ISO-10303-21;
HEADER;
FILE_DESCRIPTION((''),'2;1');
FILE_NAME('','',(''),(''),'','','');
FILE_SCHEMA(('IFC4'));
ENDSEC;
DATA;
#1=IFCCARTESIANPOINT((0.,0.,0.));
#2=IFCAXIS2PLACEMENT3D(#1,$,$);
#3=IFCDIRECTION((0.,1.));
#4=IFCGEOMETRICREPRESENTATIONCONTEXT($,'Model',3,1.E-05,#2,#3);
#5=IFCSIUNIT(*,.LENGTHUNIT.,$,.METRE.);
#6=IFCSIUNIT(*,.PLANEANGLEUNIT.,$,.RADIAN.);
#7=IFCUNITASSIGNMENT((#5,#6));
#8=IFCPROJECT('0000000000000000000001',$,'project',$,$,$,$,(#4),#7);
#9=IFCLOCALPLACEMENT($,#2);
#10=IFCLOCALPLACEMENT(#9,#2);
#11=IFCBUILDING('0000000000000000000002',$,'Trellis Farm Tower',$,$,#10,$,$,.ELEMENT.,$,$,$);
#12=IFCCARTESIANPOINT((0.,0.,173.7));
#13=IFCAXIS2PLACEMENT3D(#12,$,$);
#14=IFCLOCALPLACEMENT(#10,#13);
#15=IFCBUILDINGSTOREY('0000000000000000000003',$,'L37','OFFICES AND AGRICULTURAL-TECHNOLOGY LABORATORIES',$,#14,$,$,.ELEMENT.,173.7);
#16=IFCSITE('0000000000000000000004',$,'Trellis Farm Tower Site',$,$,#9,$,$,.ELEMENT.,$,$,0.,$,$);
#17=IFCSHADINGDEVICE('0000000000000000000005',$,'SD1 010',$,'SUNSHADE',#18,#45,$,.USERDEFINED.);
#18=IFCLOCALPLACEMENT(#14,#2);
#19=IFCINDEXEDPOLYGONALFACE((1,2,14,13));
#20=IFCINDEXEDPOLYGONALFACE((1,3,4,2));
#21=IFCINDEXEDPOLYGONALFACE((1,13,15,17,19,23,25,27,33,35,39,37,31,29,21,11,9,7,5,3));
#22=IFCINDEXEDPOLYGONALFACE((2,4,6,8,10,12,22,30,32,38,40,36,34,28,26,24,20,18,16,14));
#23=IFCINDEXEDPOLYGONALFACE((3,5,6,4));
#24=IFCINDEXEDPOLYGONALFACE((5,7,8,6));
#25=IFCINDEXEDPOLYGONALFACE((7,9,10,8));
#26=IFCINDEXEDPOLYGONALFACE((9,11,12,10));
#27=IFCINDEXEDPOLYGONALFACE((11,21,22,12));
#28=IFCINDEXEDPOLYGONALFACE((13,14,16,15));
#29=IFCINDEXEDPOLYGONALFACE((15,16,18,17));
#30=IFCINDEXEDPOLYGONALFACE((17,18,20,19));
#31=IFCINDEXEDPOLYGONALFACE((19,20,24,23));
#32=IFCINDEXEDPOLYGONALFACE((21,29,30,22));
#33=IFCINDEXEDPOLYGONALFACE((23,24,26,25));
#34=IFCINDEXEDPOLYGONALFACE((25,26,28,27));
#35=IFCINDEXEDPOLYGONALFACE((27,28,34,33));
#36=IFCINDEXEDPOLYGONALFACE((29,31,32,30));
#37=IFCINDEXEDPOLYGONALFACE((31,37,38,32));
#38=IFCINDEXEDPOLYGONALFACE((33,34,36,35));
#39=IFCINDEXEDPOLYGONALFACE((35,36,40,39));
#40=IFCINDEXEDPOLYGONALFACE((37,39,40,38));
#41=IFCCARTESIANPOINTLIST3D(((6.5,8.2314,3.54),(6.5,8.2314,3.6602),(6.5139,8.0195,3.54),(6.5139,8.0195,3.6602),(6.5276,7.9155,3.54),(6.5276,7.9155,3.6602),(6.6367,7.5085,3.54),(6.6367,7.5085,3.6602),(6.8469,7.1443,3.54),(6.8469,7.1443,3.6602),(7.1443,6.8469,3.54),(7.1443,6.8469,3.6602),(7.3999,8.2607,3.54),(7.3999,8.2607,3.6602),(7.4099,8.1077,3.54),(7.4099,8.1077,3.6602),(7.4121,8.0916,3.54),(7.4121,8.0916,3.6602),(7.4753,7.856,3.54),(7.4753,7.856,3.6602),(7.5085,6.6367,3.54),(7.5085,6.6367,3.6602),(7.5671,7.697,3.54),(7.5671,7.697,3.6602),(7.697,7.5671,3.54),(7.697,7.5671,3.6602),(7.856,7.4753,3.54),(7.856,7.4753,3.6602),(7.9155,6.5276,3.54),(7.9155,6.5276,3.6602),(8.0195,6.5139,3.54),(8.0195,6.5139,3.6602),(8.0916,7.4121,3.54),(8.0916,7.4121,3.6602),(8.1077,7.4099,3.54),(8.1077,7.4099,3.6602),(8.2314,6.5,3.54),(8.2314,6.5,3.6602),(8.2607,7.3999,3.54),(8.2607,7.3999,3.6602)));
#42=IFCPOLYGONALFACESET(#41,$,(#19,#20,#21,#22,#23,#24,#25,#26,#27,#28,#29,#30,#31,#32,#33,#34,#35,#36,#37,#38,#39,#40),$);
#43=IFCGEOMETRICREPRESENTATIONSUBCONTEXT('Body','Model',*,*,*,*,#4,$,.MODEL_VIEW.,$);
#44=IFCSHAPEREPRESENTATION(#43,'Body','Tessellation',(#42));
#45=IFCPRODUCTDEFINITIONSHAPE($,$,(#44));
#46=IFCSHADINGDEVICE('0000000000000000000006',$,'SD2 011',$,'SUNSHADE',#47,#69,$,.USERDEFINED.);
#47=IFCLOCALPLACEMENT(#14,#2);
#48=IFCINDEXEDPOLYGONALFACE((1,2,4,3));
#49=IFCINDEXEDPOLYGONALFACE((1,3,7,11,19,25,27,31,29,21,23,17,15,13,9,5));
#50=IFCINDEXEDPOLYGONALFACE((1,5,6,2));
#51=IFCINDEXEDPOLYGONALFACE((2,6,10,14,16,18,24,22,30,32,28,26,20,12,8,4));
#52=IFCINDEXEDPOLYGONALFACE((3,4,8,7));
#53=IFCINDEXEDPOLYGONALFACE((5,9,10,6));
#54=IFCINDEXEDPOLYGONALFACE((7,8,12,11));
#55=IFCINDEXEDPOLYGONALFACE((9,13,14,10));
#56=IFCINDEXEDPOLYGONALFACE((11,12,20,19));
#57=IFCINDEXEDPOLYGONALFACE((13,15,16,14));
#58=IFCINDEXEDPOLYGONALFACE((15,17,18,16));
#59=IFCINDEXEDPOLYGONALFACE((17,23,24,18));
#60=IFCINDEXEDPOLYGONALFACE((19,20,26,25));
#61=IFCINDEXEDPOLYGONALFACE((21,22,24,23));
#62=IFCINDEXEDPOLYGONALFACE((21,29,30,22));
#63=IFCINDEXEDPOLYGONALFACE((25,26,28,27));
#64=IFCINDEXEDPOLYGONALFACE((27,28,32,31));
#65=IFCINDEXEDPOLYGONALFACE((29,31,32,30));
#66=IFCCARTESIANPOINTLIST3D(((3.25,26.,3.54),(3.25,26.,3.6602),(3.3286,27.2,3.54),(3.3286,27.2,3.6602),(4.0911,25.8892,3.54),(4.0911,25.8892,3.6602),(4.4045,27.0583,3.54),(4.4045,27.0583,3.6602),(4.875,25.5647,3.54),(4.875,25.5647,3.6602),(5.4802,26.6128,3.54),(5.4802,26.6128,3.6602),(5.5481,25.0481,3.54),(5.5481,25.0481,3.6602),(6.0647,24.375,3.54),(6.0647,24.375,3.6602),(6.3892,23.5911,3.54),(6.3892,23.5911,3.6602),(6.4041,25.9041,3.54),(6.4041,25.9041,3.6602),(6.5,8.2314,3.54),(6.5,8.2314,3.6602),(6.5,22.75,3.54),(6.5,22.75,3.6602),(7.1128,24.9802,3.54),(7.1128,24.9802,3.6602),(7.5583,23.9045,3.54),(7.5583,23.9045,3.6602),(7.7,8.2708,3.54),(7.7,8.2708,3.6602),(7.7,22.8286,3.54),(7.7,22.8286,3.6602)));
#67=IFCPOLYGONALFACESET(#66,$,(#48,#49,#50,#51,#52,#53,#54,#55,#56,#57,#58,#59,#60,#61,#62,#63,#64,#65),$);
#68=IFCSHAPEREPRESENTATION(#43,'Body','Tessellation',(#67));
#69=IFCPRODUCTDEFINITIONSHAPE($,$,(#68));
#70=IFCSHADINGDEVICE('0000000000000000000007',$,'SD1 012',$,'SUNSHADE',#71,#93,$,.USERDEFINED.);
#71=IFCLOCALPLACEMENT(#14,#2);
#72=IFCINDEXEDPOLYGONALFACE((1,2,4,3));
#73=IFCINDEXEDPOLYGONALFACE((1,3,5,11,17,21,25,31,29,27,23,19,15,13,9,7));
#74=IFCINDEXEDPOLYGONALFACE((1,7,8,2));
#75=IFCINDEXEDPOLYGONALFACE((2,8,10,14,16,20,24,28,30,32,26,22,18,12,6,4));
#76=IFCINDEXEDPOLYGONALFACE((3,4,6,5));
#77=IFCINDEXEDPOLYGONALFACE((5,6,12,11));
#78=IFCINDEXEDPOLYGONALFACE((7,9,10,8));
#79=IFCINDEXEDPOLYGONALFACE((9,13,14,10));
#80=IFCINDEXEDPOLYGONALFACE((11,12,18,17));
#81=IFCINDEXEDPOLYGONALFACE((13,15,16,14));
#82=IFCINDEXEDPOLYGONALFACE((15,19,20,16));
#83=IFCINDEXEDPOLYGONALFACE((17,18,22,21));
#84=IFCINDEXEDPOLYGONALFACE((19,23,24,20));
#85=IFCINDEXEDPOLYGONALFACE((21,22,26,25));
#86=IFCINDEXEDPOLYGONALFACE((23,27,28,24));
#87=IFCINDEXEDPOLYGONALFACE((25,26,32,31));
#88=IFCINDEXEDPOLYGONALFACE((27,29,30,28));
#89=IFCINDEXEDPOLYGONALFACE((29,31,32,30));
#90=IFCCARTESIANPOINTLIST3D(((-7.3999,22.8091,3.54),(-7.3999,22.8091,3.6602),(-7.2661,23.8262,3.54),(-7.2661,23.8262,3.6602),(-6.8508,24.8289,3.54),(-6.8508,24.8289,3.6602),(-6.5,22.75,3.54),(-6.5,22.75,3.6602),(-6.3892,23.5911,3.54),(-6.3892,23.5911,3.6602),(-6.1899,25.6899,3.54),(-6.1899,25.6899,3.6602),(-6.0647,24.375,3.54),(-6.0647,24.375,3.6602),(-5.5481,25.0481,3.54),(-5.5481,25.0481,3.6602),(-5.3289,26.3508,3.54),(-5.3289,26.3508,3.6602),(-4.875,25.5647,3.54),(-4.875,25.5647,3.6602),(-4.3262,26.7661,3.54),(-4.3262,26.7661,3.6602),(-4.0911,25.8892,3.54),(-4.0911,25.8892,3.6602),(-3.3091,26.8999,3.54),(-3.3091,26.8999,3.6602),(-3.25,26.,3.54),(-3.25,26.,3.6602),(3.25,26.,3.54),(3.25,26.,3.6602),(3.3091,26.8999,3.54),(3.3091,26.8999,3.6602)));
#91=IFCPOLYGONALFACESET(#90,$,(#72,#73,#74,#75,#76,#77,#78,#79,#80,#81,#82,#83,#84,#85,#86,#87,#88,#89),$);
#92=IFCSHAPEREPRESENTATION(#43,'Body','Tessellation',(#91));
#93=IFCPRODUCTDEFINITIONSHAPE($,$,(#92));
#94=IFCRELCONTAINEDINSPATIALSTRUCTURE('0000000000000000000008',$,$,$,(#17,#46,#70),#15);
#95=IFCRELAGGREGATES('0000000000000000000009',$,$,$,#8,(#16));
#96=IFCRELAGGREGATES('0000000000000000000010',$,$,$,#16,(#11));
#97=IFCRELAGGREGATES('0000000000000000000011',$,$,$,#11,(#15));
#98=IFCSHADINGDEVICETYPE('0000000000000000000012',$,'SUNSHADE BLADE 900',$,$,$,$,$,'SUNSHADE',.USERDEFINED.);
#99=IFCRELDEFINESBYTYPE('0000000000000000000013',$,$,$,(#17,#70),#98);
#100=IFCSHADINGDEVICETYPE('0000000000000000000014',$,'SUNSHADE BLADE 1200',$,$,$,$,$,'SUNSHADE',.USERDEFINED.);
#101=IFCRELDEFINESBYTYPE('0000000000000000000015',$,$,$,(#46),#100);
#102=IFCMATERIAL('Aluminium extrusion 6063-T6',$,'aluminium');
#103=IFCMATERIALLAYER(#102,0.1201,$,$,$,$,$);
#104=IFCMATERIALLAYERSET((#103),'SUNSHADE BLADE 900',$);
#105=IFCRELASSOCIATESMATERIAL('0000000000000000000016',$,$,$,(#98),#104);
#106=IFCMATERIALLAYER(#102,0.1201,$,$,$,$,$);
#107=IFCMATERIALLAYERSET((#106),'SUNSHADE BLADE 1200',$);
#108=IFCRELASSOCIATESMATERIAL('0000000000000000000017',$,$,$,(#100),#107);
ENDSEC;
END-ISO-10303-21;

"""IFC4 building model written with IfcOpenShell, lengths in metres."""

from ifc_helpers import new_model, si_unit, direction, frame, origin, place, context, subcontext, project, spatial, polyline, outline, extrude, source, transform, mapped, material, layer, layer_set, type_object, element, save


model = new_model("IFC4")

# Units and contexts
model_context = context("Model", 3, precision=1e-05, world=origin(), true_north=direction((0.0, 1.0)))
body_context = subcontext(model_context, "Body", "Model", "MODEL_VIEW")
ifc_project = project(units=[si_unit("LENGTHUNIT", "METRE"), si_unit("PLANEANGLEUNIT", "RADIAN")], contexts=[model_context])

# Site, building, storey
site_placement = place(None, origin())
site = spatial("IfcSite", under=ifc_project, at=site_placement, Name="Trellis Farm Tower Site", CompositionType="ELEMENT", RefElevation=0.0)
building_placement = place(site_placement, origin())
building = spatial("IfcBuilding", under=site, at=building_placement, Name="Trellis Farm Tower", CompositionType="ELEMENT")
storey_placement = place(building_placement, frame((0.0, 0.0, 173.7)))
storey = spatial("IfcBuildingStorey", under=building, at=storey_placement, Name="L37", Description="OFFICES AND AGRICULTURAL-TECHNOLOGY LABORATORIES", CompositionType="ELEMENT", Elevation=173.7)

# Shared definitions
ifc_material_1 = material(Name="Aluminium extrusion 6063-T6", Category="aluminium")

# Shading devices
ifc_layer_1 = layer(ifc_material_1, 0.1201)
ifc_layer_set_1 = layer_set([ifc_layer_1], Name="SUNSHADE BLADE 900")
shading_device_type_1 = type_object("IfcShadingDeviceType", Name="SUNSHADE BLADE 900", ElementType="SUNSHADE", PredefinedType="USERDEFINED", material=ifc_layer_set_1)
placement_1 = place(storey_placement, frame((0.0, 0.0, 3.54)))
shared_shape_1 = source(origin(), body_context, "Body", "SweptSolid", [
    extrude(outline(polyline([(8.2607, 7.3999), (8.1077, 7.4099), (8.0916, 7.4121), (7.856, 7.4753), (7.697, 7.5671), (7.5671, 7.697), (7.4753, 7.856), (7.4121, 8.0916), (7.4099, 8.1077), (7.3999, 8.2607), (6.5, 8.2314), (6.5139, 8.0195), (6.5276, 7.9155), (6.6367, 7.5085), (6.8469, 7.1443), (7.1443, 6.8469), (7.5085, 6.6367), (7.9155, 6.5276), (8.0195, 6.5139), (8.2314, 6.5), (8.2607, 7.3999)])), origin(), (0.0, 0.0, 1.0), 0.1201),
])
element("IfcShadingDevice", 1, at=placement_1, inside=storey, type_object=shading_device_type_1, Name="SD1 010", ObjectType="SUNSHADE", PredefinedType="USERDEFINED", context=body_context, shape_type="MappedRepresentation", body=[
    mapped(shared_shape_1, transform((0.0, 0.0, 0.0))),
])
ifc_layer_2 = layer(ifc_material_1, 0.1201)
ifc_layer_set_2 = layer_set([ifc_layer_2], Name="SUNSHADE BLADE 1200")
shading_device_type_2 = type_object("IfcShadingDeviceType", Name="SUNSHADE BLADE 1200", ElementType="SUNSHADE", PredefinedType="USERDEFINED", material=ifc_layer_set_2)
shared_shape_2 = source(origin(), body_context, "Body", "SweptSolid", [
    extrude(outline(polyline([(7.7, 8.2708), (7.7, 22.8286), (7.5583, 23.9045), (7.1128, 24.9802), (6.4041, 25.9041), (5.4802, 26.6128), (4.4045, 27.0583), (3.3286, 27.2), (3.25, 26.0), (4.0911, 25.8892), (4.875, 25.5647), (5.5481, 25.0481), (6.0647, 24.375), (6.3892, 23.5911), (6.5, 22.75), (6.5, 8.2314), (7.7, 8.2708)])), origin(), (0.0, 0.0, 1.0), 0.1201),
])
element("IfcShadingDevice", 2, at=placement_1, inside=storey, type_object=shading_device_type_2, Name="SD2 011", ObjectType="SUNSHADE", PredefinedType="USERDEFINED", context=body_context, shape_type="MappedRepresentation", body=[
    mapped(shared_shape_2, transform((0.0, 0.0, 0.0))),
])
shared_shape_3 = source(origin(), body_context, "Body", "SweptSolid", [
    extrude(outline(polyline([(3.3091, 26.8999), (-3.3091, 26.8999), (-4.3262, 26.7661), (-5.3289, 26.3508), (-6.1899, 25.6899), (-6.8508, 24.8289), (-7.2661, 23.8262), (-7.3999, 22.8091), (-6.5, 22.75), (-6.3892, 23.5911), (-6.0647, 24.375), (-5.5481, 25.0481), (-4.875, 25.5647), (-4.0911, 25.8892), (-3.25, 26.0), (3.25, 26.0), (3.3091, 26.8999)])), origin(), (0.0, 0.0, 1.0), 0.1201),
])
element("IfcShadingDevice", 3, at=placement_1, inside=storey, type_object=shading_device_type_1, Name="SD1 012", ObjectType="SUNSHADE", PredefinedType="USERDEFINED", context=body_context, shape_type="MappedRepresentation", body=[
    mapped(shared_shape_3, transform((0.0, 0.0, 0.0))),
])

save(model, "model.ifc")
